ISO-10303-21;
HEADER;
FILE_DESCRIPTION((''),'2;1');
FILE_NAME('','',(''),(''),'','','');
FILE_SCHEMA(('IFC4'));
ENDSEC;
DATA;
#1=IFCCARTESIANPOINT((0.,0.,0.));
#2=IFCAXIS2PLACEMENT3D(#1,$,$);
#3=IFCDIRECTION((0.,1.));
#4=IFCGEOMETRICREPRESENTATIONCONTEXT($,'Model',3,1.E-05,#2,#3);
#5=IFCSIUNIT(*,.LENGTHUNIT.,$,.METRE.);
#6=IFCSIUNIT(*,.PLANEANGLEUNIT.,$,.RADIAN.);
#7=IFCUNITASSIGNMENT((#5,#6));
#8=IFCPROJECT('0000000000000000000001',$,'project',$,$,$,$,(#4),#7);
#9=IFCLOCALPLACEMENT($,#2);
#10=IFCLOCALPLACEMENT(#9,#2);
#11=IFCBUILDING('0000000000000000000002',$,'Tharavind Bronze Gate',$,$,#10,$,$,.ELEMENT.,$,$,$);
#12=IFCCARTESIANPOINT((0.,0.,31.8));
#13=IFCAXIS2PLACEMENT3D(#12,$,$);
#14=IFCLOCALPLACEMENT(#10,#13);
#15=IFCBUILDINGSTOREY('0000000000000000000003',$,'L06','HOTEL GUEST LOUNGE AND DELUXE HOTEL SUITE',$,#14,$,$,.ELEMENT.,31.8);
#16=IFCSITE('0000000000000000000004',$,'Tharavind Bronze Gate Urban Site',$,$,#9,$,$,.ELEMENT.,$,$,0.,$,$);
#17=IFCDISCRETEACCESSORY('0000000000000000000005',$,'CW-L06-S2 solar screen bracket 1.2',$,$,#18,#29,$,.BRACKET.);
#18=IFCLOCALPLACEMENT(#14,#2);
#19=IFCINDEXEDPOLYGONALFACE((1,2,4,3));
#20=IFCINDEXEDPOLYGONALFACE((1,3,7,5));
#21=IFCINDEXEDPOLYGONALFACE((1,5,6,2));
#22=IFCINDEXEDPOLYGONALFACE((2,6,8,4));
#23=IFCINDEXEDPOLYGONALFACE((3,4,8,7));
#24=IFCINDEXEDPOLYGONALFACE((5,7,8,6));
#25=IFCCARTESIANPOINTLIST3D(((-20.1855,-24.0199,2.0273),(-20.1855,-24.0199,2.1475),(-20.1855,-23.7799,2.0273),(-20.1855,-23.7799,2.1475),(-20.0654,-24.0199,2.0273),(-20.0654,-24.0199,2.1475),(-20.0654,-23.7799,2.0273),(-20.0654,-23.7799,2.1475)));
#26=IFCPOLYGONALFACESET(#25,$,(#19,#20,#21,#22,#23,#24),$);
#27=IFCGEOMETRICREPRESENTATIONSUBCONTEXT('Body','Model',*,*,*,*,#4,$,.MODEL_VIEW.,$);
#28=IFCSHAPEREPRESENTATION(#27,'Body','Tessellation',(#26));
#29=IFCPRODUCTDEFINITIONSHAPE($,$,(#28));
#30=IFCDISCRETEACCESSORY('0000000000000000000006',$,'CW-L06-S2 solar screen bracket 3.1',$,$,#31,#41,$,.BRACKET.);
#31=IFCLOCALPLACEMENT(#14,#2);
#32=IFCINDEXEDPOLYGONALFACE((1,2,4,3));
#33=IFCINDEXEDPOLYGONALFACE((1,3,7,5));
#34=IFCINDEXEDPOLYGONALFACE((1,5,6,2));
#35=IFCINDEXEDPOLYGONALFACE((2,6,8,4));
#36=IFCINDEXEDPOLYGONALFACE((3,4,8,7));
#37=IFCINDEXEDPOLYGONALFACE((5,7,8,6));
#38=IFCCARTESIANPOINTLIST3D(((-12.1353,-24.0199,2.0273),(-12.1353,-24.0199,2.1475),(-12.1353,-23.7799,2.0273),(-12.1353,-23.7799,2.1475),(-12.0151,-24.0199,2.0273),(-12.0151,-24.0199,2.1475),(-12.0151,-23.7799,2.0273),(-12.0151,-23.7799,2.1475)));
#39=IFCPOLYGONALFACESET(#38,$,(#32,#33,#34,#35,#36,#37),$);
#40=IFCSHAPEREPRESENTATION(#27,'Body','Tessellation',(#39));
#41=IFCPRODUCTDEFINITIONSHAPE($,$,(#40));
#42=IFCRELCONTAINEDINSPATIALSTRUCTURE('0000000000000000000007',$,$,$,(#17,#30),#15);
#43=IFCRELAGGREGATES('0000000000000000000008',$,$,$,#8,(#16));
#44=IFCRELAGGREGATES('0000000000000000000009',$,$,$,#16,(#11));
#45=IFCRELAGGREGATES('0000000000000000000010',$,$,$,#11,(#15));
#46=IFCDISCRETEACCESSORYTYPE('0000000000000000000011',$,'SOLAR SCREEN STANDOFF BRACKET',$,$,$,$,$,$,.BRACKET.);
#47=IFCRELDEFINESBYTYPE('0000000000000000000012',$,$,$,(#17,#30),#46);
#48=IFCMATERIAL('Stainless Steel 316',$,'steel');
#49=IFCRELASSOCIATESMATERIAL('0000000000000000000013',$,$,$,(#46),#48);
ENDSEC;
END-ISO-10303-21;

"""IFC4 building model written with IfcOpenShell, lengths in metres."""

from ifc_helpers import new_model, si_unit, direction, frame, origin, origin_2d, place, context, subcontext, project, spatial, rectangle, extrude, material, type_object, element, save


model = new_model("IFC4")

# Units and contexts
model_context = context("Model", 3, precision=1e-05, world=origin(), true_north=direction((0.0, 1.0)))
body_context = subcontext(model_context, "Body", "Model", "MODEL_VIEW")
ifc_project = project(units=[si_unit("LENGTHUNIT", "METRE"), si_unit("PLANEANGLEUNIT", "RADIAN")], contexts=[model_context])

# Site, building, storey
site_placement = place(None, origin())
site = spatial("IfcSite", under=ifc_project, at=site_placement, Name="Tharavind Bronze Gate Urban Site", CompositionType="ELEMENT", RefElevation=0.0)
building_placement = place(site_placement, origin())
building = spatial("IfcBuilding", under=site, at=building_placement, Name="Tharavind Bronze Gate", CompositionType="ELEMENT")
storey_placement = place(building_placement, frame((0.0, 0.0, 31.8)))
storey = spatial("IfcBuildingStorey", under=building, at=storey_placement, Name="L06", Description="HOTEL GUEST LOUNGE AND DELUXE HOTEL SUITE", CompositionType="ELEMENT", Elevation=31.8)

# Discrete accessories
ifc_material_1 = material(Name="Stainless Steel 316", Category="steel")
discrete_accessory_type = type_object("IfcDiscreteAccessoryType", Name="SOLAR SCREEN STANDOFF BRACKET", PredefinedType="BRACKET", material=ifc_material_1)
for number, where, z_axis, x_axis, name in (
    (1, (-20.1255, -23.8999, 2.0273), (0.0, 0.0, 1.0), (1.0, 0.0, 0.0), "CW-L06-S2 solar screen bracket 1.2"),
    (2, (-12.0752, -23.8999, 2.0273), (0.0, 0.0, 1.0), (1.0, 0.0, 0.0), "CW-L06-S2 solar screen bracket 3.1"),
):
    element("IfcDiscreteAccessory", number, at=place(storey_placement, frame(where, z_axis=z_axis, x_axis=x_axis)), inside=storey, type_object=discrete_accessory_type, Name=name, PredefinedType="BRACKET", context=body_context, shape_type="SweptSolid", body=[
        extrude(rectangle(XDim=0.1201, YDim=0.24, at=origin_2d()), origin(), (0.0, 0.0, 1.0), 0.1201),
    ])

save(model, "model.ifc")
